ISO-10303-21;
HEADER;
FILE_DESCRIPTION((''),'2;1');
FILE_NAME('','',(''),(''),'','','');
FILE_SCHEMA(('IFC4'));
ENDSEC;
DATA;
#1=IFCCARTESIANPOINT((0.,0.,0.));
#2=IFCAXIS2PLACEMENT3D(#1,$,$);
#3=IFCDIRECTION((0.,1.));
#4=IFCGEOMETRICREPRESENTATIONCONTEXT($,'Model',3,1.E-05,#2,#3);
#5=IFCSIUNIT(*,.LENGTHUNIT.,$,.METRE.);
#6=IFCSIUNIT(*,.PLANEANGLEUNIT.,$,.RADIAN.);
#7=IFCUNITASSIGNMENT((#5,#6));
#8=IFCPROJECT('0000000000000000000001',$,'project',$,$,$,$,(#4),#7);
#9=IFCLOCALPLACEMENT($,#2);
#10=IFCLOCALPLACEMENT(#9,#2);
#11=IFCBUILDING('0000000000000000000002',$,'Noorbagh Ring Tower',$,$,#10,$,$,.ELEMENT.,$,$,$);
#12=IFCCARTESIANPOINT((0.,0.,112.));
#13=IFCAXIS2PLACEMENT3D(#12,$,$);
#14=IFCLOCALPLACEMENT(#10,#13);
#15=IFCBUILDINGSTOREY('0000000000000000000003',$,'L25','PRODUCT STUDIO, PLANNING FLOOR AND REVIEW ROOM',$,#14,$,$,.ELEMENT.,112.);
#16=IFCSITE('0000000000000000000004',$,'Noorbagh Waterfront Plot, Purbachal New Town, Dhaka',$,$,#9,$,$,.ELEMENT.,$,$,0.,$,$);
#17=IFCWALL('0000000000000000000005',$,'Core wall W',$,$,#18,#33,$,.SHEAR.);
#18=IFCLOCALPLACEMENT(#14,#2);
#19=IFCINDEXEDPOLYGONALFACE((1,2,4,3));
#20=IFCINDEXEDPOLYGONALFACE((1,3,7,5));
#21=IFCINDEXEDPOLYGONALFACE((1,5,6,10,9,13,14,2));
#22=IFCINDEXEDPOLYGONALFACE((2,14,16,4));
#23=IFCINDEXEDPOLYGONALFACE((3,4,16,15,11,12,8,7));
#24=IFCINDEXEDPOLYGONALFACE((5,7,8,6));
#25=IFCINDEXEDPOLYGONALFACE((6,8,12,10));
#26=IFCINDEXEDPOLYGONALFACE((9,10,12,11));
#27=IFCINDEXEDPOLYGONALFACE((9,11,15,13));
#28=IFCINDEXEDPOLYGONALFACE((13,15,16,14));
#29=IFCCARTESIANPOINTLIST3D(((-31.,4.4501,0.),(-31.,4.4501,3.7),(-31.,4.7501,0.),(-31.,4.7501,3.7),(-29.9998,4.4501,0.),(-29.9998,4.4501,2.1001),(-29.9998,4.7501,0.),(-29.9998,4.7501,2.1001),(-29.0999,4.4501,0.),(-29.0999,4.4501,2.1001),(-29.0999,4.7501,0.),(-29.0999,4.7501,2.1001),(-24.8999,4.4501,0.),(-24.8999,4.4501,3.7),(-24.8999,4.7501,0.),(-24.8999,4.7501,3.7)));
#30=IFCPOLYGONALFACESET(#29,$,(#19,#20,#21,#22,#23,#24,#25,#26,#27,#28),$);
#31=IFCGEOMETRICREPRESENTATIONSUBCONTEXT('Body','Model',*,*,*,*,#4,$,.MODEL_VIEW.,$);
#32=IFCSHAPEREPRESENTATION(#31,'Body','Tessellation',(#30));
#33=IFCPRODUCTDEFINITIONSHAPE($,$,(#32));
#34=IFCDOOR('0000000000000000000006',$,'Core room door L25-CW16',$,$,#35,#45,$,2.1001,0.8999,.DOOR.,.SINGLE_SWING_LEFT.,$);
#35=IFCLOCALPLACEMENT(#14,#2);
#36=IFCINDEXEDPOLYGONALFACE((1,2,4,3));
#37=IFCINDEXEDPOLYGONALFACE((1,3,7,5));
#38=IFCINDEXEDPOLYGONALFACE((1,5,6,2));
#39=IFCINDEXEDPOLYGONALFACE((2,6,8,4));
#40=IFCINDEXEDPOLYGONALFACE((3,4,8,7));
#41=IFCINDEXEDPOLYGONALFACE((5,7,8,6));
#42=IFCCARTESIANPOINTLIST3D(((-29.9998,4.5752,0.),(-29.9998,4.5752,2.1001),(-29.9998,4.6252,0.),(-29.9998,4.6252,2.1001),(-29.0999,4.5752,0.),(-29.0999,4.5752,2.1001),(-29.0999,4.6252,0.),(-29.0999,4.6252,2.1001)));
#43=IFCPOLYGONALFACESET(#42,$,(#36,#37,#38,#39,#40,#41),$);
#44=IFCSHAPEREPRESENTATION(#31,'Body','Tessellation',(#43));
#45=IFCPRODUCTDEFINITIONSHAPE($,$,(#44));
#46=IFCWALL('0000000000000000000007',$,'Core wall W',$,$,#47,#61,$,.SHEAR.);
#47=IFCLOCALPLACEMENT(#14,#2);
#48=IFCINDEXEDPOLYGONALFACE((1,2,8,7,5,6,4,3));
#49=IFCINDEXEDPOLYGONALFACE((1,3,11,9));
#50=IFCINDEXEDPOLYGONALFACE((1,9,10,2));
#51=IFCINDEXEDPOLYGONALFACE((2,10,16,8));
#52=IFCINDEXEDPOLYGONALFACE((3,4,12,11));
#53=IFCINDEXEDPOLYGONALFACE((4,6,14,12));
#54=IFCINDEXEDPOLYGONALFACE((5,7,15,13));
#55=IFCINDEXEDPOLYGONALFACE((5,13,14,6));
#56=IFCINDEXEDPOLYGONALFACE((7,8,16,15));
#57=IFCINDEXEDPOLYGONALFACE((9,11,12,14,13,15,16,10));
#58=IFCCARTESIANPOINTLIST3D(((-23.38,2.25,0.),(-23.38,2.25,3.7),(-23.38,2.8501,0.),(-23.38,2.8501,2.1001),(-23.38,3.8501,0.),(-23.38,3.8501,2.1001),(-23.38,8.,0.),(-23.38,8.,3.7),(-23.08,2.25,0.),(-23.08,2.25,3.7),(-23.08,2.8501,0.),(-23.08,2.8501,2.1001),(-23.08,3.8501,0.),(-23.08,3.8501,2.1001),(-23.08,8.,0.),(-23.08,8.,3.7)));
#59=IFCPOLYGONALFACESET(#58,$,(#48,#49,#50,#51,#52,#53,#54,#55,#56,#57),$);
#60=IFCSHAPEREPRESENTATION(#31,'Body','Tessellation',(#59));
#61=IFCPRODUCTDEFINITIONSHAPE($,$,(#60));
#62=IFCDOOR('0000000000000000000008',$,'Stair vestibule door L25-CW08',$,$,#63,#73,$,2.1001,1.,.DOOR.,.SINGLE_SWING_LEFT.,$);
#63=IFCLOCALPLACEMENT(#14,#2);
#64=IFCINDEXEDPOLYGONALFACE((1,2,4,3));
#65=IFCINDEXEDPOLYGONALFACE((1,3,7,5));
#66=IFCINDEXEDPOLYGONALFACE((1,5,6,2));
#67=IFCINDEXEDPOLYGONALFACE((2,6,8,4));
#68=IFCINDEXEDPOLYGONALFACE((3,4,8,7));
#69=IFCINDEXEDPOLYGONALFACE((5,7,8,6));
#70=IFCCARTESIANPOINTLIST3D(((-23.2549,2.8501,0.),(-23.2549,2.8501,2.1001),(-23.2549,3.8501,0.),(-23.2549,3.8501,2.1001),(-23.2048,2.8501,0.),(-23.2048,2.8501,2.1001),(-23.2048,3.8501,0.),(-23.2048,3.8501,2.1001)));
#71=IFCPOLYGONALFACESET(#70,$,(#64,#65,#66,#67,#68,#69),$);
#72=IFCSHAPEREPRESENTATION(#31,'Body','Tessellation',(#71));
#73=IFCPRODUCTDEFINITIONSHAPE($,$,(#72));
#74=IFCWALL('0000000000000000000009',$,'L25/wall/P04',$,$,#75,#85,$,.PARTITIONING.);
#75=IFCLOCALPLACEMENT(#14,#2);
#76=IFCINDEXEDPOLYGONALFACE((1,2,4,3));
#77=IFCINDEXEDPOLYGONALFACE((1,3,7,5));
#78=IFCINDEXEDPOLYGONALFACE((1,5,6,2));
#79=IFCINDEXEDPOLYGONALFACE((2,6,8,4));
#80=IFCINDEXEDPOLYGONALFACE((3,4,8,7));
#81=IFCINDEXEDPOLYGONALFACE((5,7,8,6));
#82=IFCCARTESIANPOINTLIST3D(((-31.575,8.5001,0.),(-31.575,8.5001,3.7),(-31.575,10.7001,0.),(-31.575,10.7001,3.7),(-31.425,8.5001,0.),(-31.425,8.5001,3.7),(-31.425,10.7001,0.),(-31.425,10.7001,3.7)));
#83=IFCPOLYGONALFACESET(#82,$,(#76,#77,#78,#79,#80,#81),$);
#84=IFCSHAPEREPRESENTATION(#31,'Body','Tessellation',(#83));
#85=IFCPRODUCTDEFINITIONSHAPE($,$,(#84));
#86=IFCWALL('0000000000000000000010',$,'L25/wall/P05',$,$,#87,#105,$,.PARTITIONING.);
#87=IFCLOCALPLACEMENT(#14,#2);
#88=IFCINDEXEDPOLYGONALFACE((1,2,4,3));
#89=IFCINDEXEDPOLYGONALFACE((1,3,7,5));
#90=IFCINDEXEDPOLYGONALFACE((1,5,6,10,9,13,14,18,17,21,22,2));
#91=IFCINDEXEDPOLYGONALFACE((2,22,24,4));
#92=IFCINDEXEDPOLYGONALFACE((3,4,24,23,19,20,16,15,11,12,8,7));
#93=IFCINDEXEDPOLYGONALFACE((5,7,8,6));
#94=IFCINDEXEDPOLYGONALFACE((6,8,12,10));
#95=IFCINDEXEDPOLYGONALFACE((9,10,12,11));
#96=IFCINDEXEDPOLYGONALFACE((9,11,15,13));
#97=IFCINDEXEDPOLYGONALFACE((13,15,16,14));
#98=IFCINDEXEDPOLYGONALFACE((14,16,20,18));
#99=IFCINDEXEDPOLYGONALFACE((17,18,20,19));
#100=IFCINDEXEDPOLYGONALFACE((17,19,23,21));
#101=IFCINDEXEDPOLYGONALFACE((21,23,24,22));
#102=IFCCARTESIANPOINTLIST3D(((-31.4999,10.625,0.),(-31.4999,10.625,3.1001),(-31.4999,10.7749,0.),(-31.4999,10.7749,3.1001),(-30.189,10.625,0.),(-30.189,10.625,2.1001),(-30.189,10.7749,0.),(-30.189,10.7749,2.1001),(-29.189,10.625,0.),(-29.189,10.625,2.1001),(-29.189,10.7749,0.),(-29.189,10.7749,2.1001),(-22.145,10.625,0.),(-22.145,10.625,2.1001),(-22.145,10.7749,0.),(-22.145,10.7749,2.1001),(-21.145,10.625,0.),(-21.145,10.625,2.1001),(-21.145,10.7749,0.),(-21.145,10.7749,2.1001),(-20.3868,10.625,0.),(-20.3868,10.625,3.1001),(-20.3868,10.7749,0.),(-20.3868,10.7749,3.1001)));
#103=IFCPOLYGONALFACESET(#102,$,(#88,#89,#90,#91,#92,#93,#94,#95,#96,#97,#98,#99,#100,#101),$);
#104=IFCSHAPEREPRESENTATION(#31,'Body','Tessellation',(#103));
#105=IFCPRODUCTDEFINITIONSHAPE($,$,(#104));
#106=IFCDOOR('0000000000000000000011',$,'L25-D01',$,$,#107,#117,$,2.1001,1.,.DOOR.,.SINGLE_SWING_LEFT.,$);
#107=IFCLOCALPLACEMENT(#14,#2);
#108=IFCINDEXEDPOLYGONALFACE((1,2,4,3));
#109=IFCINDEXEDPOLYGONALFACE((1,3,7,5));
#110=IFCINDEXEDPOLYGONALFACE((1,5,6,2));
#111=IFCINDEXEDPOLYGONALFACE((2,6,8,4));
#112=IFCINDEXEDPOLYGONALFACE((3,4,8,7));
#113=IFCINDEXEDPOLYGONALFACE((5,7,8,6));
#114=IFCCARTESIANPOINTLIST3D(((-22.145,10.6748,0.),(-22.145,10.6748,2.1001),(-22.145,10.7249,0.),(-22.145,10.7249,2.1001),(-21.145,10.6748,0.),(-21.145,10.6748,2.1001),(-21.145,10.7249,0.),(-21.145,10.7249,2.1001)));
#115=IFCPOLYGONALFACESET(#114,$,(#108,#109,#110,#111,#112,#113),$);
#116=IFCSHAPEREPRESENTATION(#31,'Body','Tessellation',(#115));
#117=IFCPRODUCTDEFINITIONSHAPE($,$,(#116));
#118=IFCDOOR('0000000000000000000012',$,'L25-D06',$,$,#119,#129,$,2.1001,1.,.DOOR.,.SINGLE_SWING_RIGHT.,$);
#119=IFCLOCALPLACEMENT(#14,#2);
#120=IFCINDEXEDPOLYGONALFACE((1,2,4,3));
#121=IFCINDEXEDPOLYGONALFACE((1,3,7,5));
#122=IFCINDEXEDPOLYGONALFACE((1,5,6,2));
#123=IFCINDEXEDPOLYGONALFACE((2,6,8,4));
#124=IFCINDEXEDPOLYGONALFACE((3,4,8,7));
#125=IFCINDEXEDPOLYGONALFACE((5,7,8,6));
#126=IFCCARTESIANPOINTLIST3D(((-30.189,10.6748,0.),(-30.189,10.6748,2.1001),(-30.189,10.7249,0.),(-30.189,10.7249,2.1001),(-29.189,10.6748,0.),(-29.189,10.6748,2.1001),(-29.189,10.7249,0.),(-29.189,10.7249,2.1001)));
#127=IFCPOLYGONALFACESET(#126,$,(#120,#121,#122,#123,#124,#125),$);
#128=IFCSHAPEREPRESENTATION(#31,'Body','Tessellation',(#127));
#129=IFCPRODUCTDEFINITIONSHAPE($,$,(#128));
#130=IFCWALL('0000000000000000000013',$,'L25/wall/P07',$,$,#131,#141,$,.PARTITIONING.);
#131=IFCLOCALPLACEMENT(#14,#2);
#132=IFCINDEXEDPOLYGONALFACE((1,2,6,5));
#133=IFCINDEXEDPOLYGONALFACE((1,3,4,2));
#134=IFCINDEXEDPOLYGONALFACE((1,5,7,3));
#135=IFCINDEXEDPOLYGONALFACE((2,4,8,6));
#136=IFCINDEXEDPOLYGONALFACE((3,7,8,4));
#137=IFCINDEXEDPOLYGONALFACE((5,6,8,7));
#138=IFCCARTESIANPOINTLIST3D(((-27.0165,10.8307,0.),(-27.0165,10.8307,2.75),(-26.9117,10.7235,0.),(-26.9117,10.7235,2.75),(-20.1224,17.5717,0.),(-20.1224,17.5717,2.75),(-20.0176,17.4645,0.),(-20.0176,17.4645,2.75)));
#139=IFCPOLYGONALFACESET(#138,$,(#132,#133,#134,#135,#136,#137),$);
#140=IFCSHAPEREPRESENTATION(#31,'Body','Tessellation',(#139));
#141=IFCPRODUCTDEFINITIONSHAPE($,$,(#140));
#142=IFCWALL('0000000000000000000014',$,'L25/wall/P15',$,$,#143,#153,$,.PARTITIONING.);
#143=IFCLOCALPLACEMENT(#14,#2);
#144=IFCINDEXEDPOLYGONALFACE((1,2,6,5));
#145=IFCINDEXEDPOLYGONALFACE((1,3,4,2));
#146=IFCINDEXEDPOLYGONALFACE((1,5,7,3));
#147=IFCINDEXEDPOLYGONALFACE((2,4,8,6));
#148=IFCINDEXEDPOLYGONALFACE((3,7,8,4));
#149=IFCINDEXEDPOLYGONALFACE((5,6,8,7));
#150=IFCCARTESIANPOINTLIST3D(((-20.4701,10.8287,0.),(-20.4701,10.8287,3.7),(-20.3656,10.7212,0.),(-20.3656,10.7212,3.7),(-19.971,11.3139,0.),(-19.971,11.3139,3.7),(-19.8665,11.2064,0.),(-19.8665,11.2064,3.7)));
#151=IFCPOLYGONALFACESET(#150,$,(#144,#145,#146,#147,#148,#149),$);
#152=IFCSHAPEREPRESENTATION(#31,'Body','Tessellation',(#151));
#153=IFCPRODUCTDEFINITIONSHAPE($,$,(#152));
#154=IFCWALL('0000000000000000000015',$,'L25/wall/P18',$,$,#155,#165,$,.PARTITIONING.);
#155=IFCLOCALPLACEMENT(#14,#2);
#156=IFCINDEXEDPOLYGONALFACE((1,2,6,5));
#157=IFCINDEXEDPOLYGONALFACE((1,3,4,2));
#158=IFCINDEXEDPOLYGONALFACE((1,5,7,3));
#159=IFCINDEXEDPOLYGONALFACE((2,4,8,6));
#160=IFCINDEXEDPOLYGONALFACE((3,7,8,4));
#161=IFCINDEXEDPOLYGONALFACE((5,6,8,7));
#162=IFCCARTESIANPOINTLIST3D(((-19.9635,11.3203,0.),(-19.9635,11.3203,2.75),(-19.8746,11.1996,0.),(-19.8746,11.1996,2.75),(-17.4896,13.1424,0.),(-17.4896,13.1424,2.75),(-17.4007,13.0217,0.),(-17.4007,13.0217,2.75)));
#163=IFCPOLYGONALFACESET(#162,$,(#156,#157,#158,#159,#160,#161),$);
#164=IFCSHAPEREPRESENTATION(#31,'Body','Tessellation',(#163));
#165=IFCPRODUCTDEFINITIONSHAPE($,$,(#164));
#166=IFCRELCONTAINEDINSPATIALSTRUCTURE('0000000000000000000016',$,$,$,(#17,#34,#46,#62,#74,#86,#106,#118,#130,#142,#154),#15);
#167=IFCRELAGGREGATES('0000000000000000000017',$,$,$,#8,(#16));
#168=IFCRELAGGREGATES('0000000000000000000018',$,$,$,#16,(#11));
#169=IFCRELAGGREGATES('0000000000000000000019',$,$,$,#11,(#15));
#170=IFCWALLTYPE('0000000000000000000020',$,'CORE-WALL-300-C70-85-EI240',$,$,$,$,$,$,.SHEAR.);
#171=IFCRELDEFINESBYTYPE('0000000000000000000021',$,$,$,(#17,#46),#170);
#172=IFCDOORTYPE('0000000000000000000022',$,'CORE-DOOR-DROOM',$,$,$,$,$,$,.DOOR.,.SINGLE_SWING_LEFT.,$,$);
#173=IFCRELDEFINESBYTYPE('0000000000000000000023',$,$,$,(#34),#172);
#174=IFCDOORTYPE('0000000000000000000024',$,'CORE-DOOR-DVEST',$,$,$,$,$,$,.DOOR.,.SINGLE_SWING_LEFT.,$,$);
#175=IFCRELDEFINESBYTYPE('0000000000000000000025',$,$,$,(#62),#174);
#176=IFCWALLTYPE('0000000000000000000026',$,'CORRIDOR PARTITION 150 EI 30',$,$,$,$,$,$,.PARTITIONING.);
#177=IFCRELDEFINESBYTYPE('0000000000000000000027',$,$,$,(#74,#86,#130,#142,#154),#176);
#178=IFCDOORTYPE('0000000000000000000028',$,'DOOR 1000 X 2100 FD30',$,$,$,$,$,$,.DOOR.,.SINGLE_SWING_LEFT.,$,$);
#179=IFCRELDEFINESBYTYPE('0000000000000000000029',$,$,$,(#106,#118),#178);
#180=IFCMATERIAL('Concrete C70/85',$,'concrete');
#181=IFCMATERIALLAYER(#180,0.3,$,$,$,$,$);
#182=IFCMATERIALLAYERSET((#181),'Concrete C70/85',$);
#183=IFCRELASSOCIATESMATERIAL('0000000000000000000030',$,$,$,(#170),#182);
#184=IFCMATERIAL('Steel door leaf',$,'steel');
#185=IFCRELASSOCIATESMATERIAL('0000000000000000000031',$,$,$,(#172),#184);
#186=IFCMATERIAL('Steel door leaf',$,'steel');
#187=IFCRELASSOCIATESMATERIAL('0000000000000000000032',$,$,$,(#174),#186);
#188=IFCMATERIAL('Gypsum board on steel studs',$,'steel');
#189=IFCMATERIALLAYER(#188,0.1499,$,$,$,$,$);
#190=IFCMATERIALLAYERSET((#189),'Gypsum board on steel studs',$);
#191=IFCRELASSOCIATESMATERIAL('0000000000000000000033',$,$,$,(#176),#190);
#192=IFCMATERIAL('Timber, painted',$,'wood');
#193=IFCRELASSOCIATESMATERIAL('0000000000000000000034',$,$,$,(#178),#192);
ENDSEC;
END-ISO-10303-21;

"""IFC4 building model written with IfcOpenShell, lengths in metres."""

from ifc_helpers import new_model, si_unit, direction, frame, frame_2d, origin, place, context, subcontext, project, spatial, rectangle, extrude, material, layer, layer_set, type_object, element, fill, save


model = new_model("IFC4")

# Units and contexts
model_context = context("Model", 3, precision=1e-05, world=origin(), true_north=direction((0.0, 1.0)))
body_context = subcontext(model_context, "Body", "Model", "MODEL_VIEW")
ifc_project = project(units=[si_unit("LENGTHUNIT", "METRE"), si_unit("PLANEANGLEUNIT", "RADIAN")], contexts=[model_context])

# Site, building, storey
site_placement = place(None, origin())
site = spatial("IfcSite", under=ifc_project, at=site_placement, Name="Noorbagh Waterfront Plot, Purbachal New Town, Dhaka", CompositionType="ELEMENT", RefElevation=0.0)
building_placement = place(site_placement, origin())
building = spatial("IfcBuilding", under=site, at=building_placement, Name="Noorbagh Ring Tower", CompositionType="ELEMENT")
storey_placement = place(building_placement, frame((0.0, 0.0, 112.0)))
storey = spatial("IfcBuildingStorey", under=building, at=storey_placement, Name="L25", Description="PRODUCT STUDIO, PLANNING FLOOR AND REVIEW ROOM", CompositionType="ELEMENT", Elevation=112.0)

# Walls, openings, doors
ifc_material_1 = material(Name="Concrete C70/85", Category="concrete")
ifc_layer_1 = layer(ifc_material_1, 0.3)
ifc_layer_set_1 = layer_set([ifc_layer_1], Name="Concrete C70/85")
wall_type_1 = type_object("IfcWallType", Name="CORE-WALL-300-C70-85-EI240", PredefinedType="SHEAR", material=ifc_layer_set_1)
wall_1_placement = place(storey_placement, frame((-24.8999, 4.6001, 0.0), z_axis=(0.0, 0.0, 1.0), x_axis=(-1.0, 0.0, 0.0)))
wall_1 = element("IfcWall", 1, at=wall_1_placement, inside=storey, type_object=wall_type_1, Name="Core wall W", PredefinedType="SHEAR", context=body_context, shape_type="SweptSolid", body=[
    extrude(rectangle(XDim=6.1001, YDim=0.3, at=frame_2d((3.05, 0.0))), origin(), (0.0, 0.0, 1.0), 3.7),
])
opening_1_placement = place(wall_1_placement, frame((4.2, 0.0, 0.0)))
opening_1 = element("IfcOpeningElement", 2, at=opening_1_placement, cuts=wall_1, PredefinedType="OPENING", context=body_context, shape_type="SweptSolid", body=[
    extrude(rectangle(XDim=0.8999, YDim=2.1001, at=frame_2d((0.45, 1.05))), frame((0.0, 0.1602, 0.0), z_axis=(0.0, -1.0, 0.0), x_axis=(1.0, 0.0, 0.0)), (0.0, 0.0, 1.0), 0.3201),
])
ifc_material_2 = material(Name="Steel door leaf", Category="steel")
door_type_1 = type_object("IfcDoorType", Name="CORE-DOOR-DROOM", OperationType="SINGLE_SWING_LEFT", PredefinedType="DOOR", material=ifc_material_2)
door_1_placement = place(opening_1_placement, origin())
door_1 = element("IfcDoor", 3, at=door_1_placement, inside=storey, type_object=door_type_1, Name="Core room door L25-CW16", OperationType="SINGLE_SWING_LEFT", OverallHeight=2.1001, OverallWidth=0.8999, PredefinedType="DOOR", context=body_context, shape_type="SweptSolid", body=[
    extrude(rectangle(XDim=0.8999, YDim=2.1001, at=frame_2d((0.45, 1.05))), frame((0.0, 0.0249, 0.0), z_axis=(0.0, -1.0, 0.0), x_axis=(1.0, 0.0, 0.0)), (0.0, 0.0, 1.0), 0.05),
])
fill(opening_1, door_1)
wall_2_placement = place(storey_placement, frame((-23.23, 2.25, 0.0), z_axis=(0.0, 0.0, 1.0), x_axis=(0.0, 1.0, 0.0)))
wall_2 = element("IfcWall", 4, at=wall_2_placement, inside=storey, type_object=wall_type_1, Name="Core wall W", PredefinedType="SHEAR", context=body_context, shape_type="SweptSolid", body=[
    extrude(rectangle(XDim=5.75, YDim=0.3, at=frame_2d((2.875, 0.0))), origin(), (0.0, 0.0, 1.0), 3.7),
])
opening_2_placement = place(wall_2_placement, frame((0.6001, 0.0, 0.0)))
opening_2 = element("IfcOpeningElement", 5, at=opening_2_placement, cuts=wall_2, PredefinedType="OPENING", context=body_context, shape_type="SweptSolid", body=[
    extrude(rectangle(XDim=1.0, YDim=2.1001, at=frame_2d((0.5, 1.05))), frame((0.0, 0.1602, 0.0), z_axis=(0.0, -1.0, 0.0), x_axis=(1.0, 0.0, 0.0)), (0.0, 0.0, 1.0), 0.3201),
])
ifc_material_3 = material(Name="Steel door leaf", Category="steel")
door_type_2 = type_object("IfcDoorType", Name="CORE-DOOR-DVEST", OperationType="SINGLE_SWING_LEFT", PredefinedType="DOOR", material=ifc_material_3)
door_2_placement = place(opening_2_placement, origin())
door_2 = element("IfcDoor", 6, at=door_2_placement, inside=storey, type_object=door_type_2, Name="Stair vestibule door L25-CW08", OperationType="SINGLE_SWING_LEFT", OverallHeight=2.1001, OverallWidth=1.0, PredefinedType="DOOR", context=body_context, shape_type="SweptSolid", body=[
    extrude(rectangle(XDim=1.0, YDim=2.1001, at=frame_2d((0.5, 1.05))), frame((0.0, 0.0249, 0.0), z_axis=(0.0, -1.0, 0.0), x_axis=(1.0, 0.0, 0.0)), (0.0, 0.0, 1.0), 0.05),
])
fill(opening_2, door_2)

# Wall
ifc_material_4 = material(Name="Gypsum board on steel studs", Category="steel")
ifc_layer_2 = layer(ifc_material_4, 0.1499)
ifc_layer_set_2 = layer_set([ifc_layer_2], Name="Gypsum board on steel studs")
wall_type_2 = type_object("IfcWallType", Name="CORRIDOR PARTITION 150 EI 30", PredefinedType="PARTITIONING", material=ifc_layer_set_2)
wall_3_placement = place(storey_placement, frame((-31.5, 8.5, 0.0), z_axis=(0.0, 0.0, 1.0), x_axis=(0.0, 1.0, 0.0)))
element("IfcWall", 7, at=wall_3_placement, inside=storey, type_object=wall_type_2, Name="L25/wall/P04", PredefinedType="PARTITIONING", context=body_context, shape_type="SweptSolid", body=[
    extrude(rectangle(XDim=2.2, YDim=0.1499, at=frame_2d((1.1001, 0.0))), origin(), (0.0, 0.0, 1.0), 3.7),
])

# Wall, openings, doors
wall_4_placement = place(storey_placement, frame((-31.5, 10.7, 0.0), z_axis=(0.0, 0.0, 1.0), x_axis=(1.0, 0.0, 0.0)))
wall_4 = element("IfcWall", 8, at=wall_4_placement, inside=storey, type_object=wall_type_2, Name="L25/wall/P05", PredefinedType="PARTITIONING", context=body_context, shape_type="SweptSolid", body=[
    extrude(rectangle(XDim=11.113, YDim=0.1499, at=frame_2d((5.5566, 0.0))), origin(), (0.0, 0.0, 1.0), 3.1001),
])
opening_3_placement = place(wall_4_placement, frame((9.355, 0.0, 0.0)))
opening_3 = element("IfcOpeningElement", 9, at=opening_3_placement, cuts=wall_4, PredefinedType="OPENING", context=body_context, shape_type="SweptSolid", body=[
    extrude(rectangle(XDim=1.0, YDim=2.1001, at=frame_2d((0.5, 1.05))), frame((0.0, 0.085, 0.0), z_axis=(0.0, -1.0, 0.0), x_axis=(1.0, 0.0, 0.0)), (0.0, 0.0, 1.0), 0.1699),
])
opening_4_placement = place(wall_4_placement, frame((1.311, 0.0, 0.0)))
opening_4 = element("IfcOpeningElement", 10, at=opening_4_placement, cuts=wall_4, PredefinedType="OPENING", context=body_context, shape_type="SweptSolid", body=[
    extrude(rectangle(XDim=1.0, YDim=2.1001, at=frame_2d((0.5, 1.05))), frame((0.0, 0.085, 0.0), z_axis=(0.0, -1.0, 0.0), x_axis=(1.0, 0.0, 0.0)), (0.0, 0.0, 1.0), 0.1699),
])
ifc_material_5 = material(Name="Timber, painted", Category="wood")
door_type_3 = type_object("IfcDoorType", Name="DOOR 1000 X 2100 FD30", OperationType="SINGLE_SWING_LEFT", PredefinedType="DOOR", material=ifc_material_5)
door_3_placement = place(opening_3_placement, origin())
door_3 = element("IfcDoor", 11, at=door_3_placement, inside=storey, type_object=door_type_3, Name="L25-D01", OperationType="SINGLE_SWING_LEFT", OverallHeight=2.1001, OverallWidth=1.0, PredefinedType="DOOR", context=body_context, shape_type="SweptSolid", body=[
    extrude(rectangle(XDim=1.0, YDim=2.1001, at=frame_2d((0.5, 1.05))), frame((0.0, 0.0249, 0.0), z_axis=(0.0, -1.0, 0.0), x_axis=(1.0, 0.0, 0.0)), (0.0, 0.0, 1.0), 0.05),
])
fill(opening_3, door_3)
door_4_placement = place(opening_4_placement, origin())
door_4 = element("IfcDoor", 12, at=door_4_placement, inside=storey, type_object=door_type_3, Name="L25-D06", OperationType="SINGLE_SWING_RIGHT", OverallHeight=2.1001, OverallWidth=1.0, PredefinedType="DOOR", context=body_context, shape_type="SweptSolid", body=[
    extrude(rectangle(XDim=1.0, YDim=2.1001, at=frame_2d((0.5, 1.05))), frame((0.0, 0.0249, 0.0), z_axis=(0.0, -1.0, 0.0), x_axis=(1.0, 0.0, 0.0)), (0.0, 0.0, 1.0), 0.05),
])
fill(opening_4, door_4)

# Walls
wall_5_placement = place(storey_placement, frame((-26.9641, 10.7771, 0.0), z_axis=(0.0, 0.0, 1.0), x_axis=(0.715, 0.699124, 0.0)))
element("IfcWall", 13, at=wall_5_placement, inside=storey, type_object=wall_type_2, Name="L25/wall/P07", PredefinedType="PARTITIONING", context=body_context, shape_type="SweptSolid", body=[
    extrude(rectangle(XDim=9.6421, YDim=0.1499, at=frame_2d((4.821, 0.0))), origin(), (0.0, 0.0, 1.0), 2.75),
])
wall_6_placement = place(storey_placement, frame((-20.418, 10.7749, 0.0), z_axis=(0.0, 0.0, 1.0), x_axis=(0.717034, 0.697038, 0.0)))
element("IfcWall", 14, at=wall_6_placement, inside=storey, type_object=wall_type_2, Name="L25/wall/P15", PredefinedType="PARTITIONING", context=body_context, shape_type="SweptSolid", body=[
    extrude(rectangle(XDim=0.696, YDim=0.1499, at=frame_2d((0.3481, 0.0))), origin(), (0.0, 0.0, 1.0), 3.7),
])
wall_7_placement = place(storey_placement, frame((-19.9189, 11.26, 0.0), z_axis=(0.0, 0.0, 1.0), x_axis=(0.805186, 0.593023, 0.0)))
element("IfcWall", 15, at=wall_7_placement, inside=storey, type_object=wall_type_2, Name="L25/wall/P18", PredefinedType="PARTITIONING", context=body_context, shape_type="SweptSolid", body=[
    extrude(rectangle(XDim=3.0725, YDim=0.1499, at=frame_2d((1.5361, 0.0))), origin(), (0.0, 0.0, 1.0), 2.75),
])

save(model, "model.ifc")
